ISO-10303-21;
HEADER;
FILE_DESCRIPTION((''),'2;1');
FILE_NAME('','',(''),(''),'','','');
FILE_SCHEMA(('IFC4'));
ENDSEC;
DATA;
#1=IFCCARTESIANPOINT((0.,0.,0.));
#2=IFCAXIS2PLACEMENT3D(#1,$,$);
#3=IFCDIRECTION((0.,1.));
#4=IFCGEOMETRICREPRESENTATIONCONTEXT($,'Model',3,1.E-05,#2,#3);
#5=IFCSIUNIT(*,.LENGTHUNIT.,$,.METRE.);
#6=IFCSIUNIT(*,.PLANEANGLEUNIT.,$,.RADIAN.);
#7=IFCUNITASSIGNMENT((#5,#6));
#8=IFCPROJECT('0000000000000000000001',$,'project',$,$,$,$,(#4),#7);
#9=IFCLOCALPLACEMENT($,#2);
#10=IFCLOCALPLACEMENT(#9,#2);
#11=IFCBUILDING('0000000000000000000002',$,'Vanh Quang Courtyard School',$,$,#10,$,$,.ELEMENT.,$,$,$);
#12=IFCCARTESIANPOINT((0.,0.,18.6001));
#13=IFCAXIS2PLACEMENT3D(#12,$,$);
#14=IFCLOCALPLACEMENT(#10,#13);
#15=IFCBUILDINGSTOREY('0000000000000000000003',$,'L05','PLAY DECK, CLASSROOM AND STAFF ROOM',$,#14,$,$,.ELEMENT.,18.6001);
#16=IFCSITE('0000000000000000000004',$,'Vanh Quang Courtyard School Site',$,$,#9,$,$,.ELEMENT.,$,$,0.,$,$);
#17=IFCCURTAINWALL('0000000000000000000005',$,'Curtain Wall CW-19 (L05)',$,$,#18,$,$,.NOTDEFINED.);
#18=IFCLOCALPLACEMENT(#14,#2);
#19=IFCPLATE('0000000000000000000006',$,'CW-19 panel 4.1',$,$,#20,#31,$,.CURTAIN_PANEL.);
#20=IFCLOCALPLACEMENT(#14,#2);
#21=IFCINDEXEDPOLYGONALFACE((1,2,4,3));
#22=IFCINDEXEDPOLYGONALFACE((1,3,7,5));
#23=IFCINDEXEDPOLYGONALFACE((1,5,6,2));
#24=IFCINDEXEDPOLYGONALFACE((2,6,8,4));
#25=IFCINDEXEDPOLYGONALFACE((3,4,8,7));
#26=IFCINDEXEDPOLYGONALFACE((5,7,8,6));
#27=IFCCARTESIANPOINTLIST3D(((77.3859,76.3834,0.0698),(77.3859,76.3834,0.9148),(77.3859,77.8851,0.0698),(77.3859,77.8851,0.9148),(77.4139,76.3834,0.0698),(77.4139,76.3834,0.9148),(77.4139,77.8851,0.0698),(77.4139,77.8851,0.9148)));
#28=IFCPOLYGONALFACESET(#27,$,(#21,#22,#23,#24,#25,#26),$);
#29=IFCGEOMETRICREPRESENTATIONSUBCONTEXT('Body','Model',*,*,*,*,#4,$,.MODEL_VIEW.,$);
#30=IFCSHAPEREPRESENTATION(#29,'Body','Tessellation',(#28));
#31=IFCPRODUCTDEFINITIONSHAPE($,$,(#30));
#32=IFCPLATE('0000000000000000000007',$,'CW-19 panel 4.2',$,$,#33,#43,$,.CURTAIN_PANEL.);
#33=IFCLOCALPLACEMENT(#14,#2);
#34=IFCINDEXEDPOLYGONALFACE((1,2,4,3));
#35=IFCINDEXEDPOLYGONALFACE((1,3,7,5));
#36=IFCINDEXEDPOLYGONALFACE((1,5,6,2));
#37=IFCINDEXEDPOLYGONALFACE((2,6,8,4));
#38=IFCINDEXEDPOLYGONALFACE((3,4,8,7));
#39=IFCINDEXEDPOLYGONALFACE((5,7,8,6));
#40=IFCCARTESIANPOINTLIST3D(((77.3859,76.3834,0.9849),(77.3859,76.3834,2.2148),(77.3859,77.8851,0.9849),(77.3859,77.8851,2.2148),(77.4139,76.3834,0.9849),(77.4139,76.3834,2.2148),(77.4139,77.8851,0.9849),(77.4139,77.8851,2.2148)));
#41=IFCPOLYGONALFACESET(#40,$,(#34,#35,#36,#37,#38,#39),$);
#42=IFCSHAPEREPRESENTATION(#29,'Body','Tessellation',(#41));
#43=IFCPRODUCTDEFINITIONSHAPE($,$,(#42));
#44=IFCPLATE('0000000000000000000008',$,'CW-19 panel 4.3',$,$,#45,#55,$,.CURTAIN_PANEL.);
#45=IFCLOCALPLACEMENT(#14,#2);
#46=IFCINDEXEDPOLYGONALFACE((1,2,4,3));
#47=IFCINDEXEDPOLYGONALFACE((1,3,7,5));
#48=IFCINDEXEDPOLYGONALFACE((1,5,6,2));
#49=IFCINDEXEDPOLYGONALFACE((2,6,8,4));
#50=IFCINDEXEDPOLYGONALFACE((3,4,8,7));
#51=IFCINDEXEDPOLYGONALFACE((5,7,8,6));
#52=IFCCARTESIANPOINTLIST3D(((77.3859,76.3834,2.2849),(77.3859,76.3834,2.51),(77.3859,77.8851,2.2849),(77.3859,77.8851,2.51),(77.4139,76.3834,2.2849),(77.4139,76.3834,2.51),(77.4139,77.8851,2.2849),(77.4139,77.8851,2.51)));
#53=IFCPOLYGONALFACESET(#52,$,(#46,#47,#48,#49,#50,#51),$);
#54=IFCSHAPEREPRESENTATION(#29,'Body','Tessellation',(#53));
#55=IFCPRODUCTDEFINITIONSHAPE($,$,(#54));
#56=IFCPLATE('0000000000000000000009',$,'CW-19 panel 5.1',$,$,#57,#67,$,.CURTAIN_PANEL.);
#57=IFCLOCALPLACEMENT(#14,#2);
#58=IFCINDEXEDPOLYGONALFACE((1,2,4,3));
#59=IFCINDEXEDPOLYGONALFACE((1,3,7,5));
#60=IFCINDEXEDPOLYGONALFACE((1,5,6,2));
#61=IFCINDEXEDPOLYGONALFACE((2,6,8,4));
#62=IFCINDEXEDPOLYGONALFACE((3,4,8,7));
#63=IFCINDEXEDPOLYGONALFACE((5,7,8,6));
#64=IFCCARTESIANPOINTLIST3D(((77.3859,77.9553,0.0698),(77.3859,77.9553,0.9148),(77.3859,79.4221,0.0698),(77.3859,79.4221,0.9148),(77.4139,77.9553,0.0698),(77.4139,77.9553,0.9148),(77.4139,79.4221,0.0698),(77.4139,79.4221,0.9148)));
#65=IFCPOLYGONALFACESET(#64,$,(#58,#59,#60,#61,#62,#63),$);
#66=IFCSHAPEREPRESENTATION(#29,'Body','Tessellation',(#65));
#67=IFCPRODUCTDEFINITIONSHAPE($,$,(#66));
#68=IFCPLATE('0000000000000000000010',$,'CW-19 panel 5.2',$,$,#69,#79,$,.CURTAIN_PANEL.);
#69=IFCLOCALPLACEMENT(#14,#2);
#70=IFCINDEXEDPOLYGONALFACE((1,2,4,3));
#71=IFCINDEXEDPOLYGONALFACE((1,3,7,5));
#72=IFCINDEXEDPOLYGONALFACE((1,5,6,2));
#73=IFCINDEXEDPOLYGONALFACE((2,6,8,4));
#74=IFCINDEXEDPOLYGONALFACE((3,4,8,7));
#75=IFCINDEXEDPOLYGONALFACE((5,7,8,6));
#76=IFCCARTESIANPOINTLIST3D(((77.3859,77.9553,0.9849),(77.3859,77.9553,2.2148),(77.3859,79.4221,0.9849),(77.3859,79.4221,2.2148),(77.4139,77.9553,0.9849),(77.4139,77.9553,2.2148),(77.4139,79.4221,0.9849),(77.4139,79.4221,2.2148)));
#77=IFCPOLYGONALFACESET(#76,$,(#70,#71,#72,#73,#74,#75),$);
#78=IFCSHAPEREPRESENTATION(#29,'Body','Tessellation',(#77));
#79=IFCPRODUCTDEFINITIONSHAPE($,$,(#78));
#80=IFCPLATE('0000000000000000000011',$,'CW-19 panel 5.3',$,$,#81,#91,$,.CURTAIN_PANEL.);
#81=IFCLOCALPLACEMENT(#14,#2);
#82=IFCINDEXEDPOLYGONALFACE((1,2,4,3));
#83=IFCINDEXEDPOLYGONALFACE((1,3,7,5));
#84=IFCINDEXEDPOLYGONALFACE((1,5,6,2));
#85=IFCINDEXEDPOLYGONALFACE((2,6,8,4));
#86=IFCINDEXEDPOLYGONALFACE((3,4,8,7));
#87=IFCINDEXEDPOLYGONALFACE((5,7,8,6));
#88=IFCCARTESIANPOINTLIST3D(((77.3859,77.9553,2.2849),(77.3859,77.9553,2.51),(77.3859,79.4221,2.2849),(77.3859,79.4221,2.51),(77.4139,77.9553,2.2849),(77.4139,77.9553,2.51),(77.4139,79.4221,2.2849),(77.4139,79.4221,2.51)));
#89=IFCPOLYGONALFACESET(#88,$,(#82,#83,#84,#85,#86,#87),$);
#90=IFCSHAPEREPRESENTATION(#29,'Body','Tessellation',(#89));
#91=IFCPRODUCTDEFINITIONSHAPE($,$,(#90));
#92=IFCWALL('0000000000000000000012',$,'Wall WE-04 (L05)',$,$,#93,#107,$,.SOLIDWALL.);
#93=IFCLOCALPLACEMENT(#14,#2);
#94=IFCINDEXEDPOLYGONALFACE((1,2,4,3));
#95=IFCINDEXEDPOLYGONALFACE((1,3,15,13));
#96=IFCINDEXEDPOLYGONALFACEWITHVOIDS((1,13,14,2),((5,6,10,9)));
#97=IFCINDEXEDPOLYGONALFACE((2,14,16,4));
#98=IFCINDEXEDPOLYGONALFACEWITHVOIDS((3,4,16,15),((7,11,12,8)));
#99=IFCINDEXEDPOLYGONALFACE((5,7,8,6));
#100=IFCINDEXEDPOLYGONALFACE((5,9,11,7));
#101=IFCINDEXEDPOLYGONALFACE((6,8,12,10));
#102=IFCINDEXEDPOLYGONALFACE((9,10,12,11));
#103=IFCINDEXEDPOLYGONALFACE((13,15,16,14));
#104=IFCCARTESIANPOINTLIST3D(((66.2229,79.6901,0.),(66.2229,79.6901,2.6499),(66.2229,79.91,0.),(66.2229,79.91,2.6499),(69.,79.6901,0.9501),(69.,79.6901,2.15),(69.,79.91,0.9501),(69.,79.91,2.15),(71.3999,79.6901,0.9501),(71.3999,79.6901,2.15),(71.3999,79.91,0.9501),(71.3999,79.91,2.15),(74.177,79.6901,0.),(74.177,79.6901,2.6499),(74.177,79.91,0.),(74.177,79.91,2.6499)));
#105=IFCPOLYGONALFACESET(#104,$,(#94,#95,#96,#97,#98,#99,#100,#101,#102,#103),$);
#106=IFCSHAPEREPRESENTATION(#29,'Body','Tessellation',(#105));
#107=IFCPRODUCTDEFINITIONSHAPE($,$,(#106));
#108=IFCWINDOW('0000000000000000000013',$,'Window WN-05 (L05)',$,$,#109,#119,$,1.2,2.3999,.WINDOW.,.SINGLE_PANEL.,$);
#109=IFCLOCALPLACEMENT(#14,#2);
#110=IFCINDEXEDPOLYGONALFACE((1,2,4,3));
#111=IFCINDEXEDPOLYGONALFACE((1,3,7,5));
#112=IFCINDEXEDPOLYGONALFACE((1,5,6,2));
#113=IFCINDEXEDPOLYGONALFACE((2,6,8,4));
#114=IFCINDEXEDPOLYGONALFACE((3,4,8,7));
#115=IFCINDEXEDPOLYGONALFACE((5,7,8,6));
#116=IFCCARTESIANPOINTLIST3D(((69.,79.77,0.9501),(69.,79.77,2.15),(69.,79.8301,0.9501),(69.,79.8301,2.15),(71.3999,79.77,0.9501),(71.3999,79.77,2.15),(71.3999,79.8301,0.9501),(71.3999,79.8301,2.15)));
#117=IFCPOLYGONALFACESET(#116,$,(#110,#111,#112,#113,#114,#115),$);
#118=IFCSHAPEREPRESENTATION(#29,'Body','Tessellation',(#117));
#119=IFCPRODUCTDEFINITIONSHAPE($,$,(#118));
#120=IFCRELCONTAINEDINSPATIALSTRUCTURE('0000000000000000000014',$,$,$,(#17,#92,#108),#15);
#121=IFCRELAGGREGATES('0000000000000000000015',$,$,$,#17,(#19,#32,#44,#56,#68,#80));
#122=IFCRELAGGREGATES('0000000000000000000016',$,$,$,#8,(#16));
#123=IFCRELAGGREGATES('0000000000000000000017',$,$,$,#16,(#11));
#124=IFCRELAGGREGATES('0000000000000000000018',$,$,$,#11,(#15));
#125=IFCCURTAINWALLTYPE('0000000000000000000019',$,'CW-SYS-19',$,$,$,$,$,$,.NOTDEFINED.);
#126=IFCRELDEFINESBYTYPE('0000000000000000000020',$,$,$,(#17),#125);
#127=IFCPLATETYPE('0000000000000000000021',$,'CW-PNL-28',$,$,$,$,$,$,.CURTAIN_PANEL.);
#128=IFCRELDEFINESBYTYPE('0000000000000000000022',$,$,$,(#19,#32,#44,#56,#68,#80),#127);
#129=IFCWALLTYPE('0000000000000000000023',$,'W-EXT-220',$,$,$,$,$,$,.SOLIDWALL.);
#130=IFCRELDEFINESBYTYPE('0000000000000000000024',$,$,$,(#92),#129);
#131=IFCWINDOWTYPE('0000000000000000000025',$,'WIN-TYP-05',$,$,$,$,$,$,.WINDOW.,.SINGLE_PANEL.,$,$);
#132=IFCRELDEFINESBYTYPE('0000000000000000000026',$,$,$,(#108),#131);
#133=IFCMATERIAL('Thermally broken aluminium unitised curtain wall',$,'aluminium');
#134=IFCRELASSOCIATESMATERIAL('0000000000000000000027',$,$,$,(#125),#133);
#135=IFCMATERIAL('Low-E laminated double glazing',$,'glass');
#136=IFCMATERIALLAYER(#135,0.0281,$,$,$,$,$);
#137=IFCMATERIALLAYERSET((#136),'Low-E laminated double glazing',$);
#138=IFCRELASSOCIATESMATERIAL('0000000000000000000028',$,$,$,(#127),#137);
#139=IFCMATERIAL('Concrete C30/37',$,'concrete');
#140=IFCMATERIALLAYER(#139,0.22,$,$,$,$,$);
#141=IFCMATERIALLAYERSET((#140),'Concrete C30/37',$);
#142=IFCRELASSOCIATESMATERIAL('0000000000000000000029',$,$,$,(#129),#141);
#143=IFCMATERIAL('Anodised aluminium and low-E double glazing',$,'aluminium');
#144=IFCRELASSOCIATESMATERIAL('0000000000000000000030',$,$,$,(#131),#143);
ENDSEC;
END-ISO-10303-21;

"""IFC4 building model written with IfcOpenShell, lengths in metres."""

from ifc_helpers import new_model, si_unit, direction, frame, frame_2d, origin, origin_2d, place, context, subcontext, project, spatial, rectangle, extrude, material, layer, layer_set, type_object, element, fill, aggregate, save


model = new_model("IFC4")

# Units and contexts
model_context = context("Model", 3, precision=1e-05, world=origin(), true_north=direction((0.0, 1.0)))
body_context = subcontext(model_context, "Body", "Model", "MODEL_VIEW")
ifc_project = project(units=[si_unit("LENGTHUNIT", "METRE"), si_unit("PLANEANGLEUNIT", "RADIAN")], contexts=[model_context])

# Site, building, storey
site_placement = place(None, origin())
site = spatial("IfcSite", under=ifc_project, at=site_placement, Name="Vanh Quang Courtyard School Site", CompositionType="ELEMENT", RefElevation=0.0)
building_placement = place(site_placement, origin())
building = spatial("IfcBuilding", under=site, at=building_placement, Name="Vanh Quang Courtyard School", CompositionType="ELEMENT")
storey_placement = place(building_placement, frame((0.0, 0.0, 18.6001)))
storey = spatial("IfcBuildingStorey", under=building, at=storey_placement, Name="L05", Description="PLAY DECK, CLASSROOM AND STAFF ROOM", CompositionType="ELEMENT", Elevation=18.6001)

# Curtain wall, plates
ifc_material_1 = material(Name="Thermally broken aluminium unitised curtain wall", Category="aluminium")
curtain_wall_type = type_object("IfcCurtainWallType", Name="CW-SYS-19", PredefinedType="NOTDEFINED", material=ifc_material_1)
curtain_wall_placement = place(storey_placement, origin())
curtain_wall = element("IfcCurtainWall", 1, at=curtain_wall_placement, inside=storey, type_object=curtain_wall_type, Name="Curtain Wall CW-19 (L05)", PredefinedType="NOTDEFINED")
ifc_material_2 = material(Name="Low-E laminated double glazing", Category="glass")
ifc_layer_1 = layer(ifc_material_2, 0.0281)
ifc_layer_set_1 = layer_set([ifc_layer_1], Name="Low-E laminated double glazing")
plate_type = type_object("IfcPlateType", Name="CW-PNL-28", PredefinedType="CURTAIN_PANEL", material=ifc_layer_set_1)
plate_1_placement = place(storey_placement, frame((77.3999, 77.1343, 0.0698), z_axis=(0.0, 0.0, 1.0), x_axis=(0.0, 1.0, 0.0)))
plate_1 = element("IfcPlate", 2, at=plate_1_placement, type_object=plate_type, Name="CW-19 panel 4.1", PredefinedType="CURTAIN_PANEL", context=body_context, shape_type="SweptSolid", body=[
    extrude(rectangle(XDim=1.5017, YDim=0.0281, at=origin_2d()), origin(), (0.0, 0.0, 1.0), 0.845),
])
plate_2_placement = place(storey_placement, frame((77.3999, 77.1343, 0.9849), z_axis=(0.0, 0.0, 1.0), x_axis=(0.0, 1.0, 0.0)))
plate_2 = element("IfcPlate", 3, at=plate_2_placement, type_object=plate_type, Name="CW-19 panel 4.2", PredefinedType="CURTAIN_PANEL", context=body_context, shape_type="SweptSolid", body=[
    extrude(rectangle(XDim=1.5017, YDim=0.0281, at=origin_2d()), origin(), (0.0, 0.0, 1.0), 1.23),
])
plate_3_placement = place(storey_placement, frame((77.3999, 77.1343, 2.2849), z_axis=(0.0, 0.0, 1.0), x_axis=(0.0, 1.0, 0.0)))
plate_3 = element("IfcPlate", 4, at=plate_3_placement, type_object=plate_type, Name="CW-19 panel 4.3", PredefinedType="CURTAIN_PANEL", context=body_context, shape_type="SweptSolid", body=[
    extrude(rectangle(XDim=1.5017, YDim=0.0281, at=origin_2d()), origin(), (0.0, 0.0, 1.0), 0.2251),
])
plate_4_placement = place(storey_placement, frame((77.3999, 78.6887, 0.0698), z_axis=(0.0, 0.0, 1.0), x_axis=(0.0, 1.0, 0.0)))
plate_4 = element("IfcPlate", 5, at=plate_4_placement, type_object=plate_type, Name="CW-19 panel 5.1", PredefinedType="CURTAIN_PANEL", context=body_context, shape_type="SweptSolid", body=[
    extrude(rectangle(XDim=1.4668, YDim=0.0281, at=origin_2d()), origin(), (0.0, 0.0, 1.0), 0.845),
])
plate_5_placement = place(storey_placement, frame((77.3999, 78.6887, 0.9849), z_axis=(0.0, 0.0, 1.0), x_axis=(0.0, 1.0, 0.0)))
plate_5 = element("IfcPlate", 6, at=plate_5_placement, type_object=plate_type, Name="CW-19 panel 5.2", PredefinedType="CURTAIN_PANEL", context=body_context, shape_type="SweptSolid", body=[
    extrude(rectangle(XDim=1.4668, YDim=0.0281, at=origin_2d()), origin(), (0.0, 0.0, 1.0), 1.23),
])
plate_6_placement = place(storey_placement, frame((77.3999, 78.6887, 2.2849), z_axis=(0.0, 0.0, 1.0), x_axis=(0.0, 1.0, 0.0)))
plate_6 = element("IfcPlate", 7, at=plate_6_placement, type_object=plate_type, Name="CW-19 panel 5.3", PredefinedType="CURTAIN_PANEL", context=body_context, shape_type="SweptSolid", body=[
    extrude(rectangle(XDim=1.4668, YDim=0.0281, at=origin_2d()), origin(), (0.0, 0.0, 1.0), 0.2251),
])
aggregate(curtain_wall, [plate_1, plate_2, plate_3, plate_4, plate_5, plate_6])

# Wall, opening, window
ifc_material_3 = material(Name="Concrete C30/37", Category="concrete")
ifc_layer_2 = layer(ifc_material_3, 0.22)
ifc_layer_set_2 = layer_set([ifc_layer_2], Name="Concrete C30/37")
wall_type = type_object("IfcWallType", Name="W-EXT-220", PredefinedType="SOLIDWALL", material=ifc_layer_set_2)
wall_1_placement = place(storey_placement, frame((66.2229, 79.8, 0.0), z_axis=(0.0, 0.0, 1.0), x_axis=(1.0, 0.0, 0.0)))
wall_1 = element("IfcWall", 8, at=wall_1_placement, inside=storey, type_object=wall_type, Name="Wall WE-04 (L05)", PredefinedType="SOLIDWALL", context=body_context, shape_type="SweptSolid", body=[
    extrude(rectangle(XDim=7.9541, YDim=0.22, at=frame_2d((3.9771, 0.0))), origin(), (0.0, 0.0, 1.0), 2.6499),
])
opening_1_placement = place(wall_1_placement, frame((2.7771, 0.0, 0.95)))
opening_1 = element("IfcOpeningElement", 9, at=opening_1_placement, cuts=wall_1, PredefinedType="OPENING", context=body_context, shape_type="SweptSolid", body=[
    extrude(rectangle(XDim=2.3999, YDim=1.2, at=frame_2d((1.2, 0.6001))), frame((0.0, 0.1201, 0.0), z_axis=(0.0, -1.0, 0.0), x_axis=(1.0, 0.0, 0.0)), (0.0, 0.0, 1.0), 0.24),
])
ifc_material_4 = material(Name="Anodised aluminium and low-E double glazing", Category="aluminium")
window_type = type_object("IfcWindowType", Name="WIN-TYP-05", PartitioningType="SINGLE_PANEL", PredefinedType="WINDOW", material=ifc_material_4)
window_placement = place(opening_1_placement, origin())
window = element("IfcWindow", 10, at=window_placement, inside=storey, type_object=window_type, Name="Window WN-05 (L05)", OverallHeight=1.2, OverallWidth=2.3999, PartitioningType="SINGLE_PANEL", PredefinedType="WINDOW", context=body_context, shape_type="SweptSolid", body=[
    extrude(rectangle(XDim=2.3999, YDim=1.2, at=frame_2d((1.2, 0.6001))), frame((0.0, 0.03, 0.0), z_axis=(0.0, -1.0, 0.0), x_axis=(1.0, 0.0, 0.0)), (0.0, 0.0, 1.0), 0.0601),
])
fill(opening_1, window)

save(model, "model.ifc")
